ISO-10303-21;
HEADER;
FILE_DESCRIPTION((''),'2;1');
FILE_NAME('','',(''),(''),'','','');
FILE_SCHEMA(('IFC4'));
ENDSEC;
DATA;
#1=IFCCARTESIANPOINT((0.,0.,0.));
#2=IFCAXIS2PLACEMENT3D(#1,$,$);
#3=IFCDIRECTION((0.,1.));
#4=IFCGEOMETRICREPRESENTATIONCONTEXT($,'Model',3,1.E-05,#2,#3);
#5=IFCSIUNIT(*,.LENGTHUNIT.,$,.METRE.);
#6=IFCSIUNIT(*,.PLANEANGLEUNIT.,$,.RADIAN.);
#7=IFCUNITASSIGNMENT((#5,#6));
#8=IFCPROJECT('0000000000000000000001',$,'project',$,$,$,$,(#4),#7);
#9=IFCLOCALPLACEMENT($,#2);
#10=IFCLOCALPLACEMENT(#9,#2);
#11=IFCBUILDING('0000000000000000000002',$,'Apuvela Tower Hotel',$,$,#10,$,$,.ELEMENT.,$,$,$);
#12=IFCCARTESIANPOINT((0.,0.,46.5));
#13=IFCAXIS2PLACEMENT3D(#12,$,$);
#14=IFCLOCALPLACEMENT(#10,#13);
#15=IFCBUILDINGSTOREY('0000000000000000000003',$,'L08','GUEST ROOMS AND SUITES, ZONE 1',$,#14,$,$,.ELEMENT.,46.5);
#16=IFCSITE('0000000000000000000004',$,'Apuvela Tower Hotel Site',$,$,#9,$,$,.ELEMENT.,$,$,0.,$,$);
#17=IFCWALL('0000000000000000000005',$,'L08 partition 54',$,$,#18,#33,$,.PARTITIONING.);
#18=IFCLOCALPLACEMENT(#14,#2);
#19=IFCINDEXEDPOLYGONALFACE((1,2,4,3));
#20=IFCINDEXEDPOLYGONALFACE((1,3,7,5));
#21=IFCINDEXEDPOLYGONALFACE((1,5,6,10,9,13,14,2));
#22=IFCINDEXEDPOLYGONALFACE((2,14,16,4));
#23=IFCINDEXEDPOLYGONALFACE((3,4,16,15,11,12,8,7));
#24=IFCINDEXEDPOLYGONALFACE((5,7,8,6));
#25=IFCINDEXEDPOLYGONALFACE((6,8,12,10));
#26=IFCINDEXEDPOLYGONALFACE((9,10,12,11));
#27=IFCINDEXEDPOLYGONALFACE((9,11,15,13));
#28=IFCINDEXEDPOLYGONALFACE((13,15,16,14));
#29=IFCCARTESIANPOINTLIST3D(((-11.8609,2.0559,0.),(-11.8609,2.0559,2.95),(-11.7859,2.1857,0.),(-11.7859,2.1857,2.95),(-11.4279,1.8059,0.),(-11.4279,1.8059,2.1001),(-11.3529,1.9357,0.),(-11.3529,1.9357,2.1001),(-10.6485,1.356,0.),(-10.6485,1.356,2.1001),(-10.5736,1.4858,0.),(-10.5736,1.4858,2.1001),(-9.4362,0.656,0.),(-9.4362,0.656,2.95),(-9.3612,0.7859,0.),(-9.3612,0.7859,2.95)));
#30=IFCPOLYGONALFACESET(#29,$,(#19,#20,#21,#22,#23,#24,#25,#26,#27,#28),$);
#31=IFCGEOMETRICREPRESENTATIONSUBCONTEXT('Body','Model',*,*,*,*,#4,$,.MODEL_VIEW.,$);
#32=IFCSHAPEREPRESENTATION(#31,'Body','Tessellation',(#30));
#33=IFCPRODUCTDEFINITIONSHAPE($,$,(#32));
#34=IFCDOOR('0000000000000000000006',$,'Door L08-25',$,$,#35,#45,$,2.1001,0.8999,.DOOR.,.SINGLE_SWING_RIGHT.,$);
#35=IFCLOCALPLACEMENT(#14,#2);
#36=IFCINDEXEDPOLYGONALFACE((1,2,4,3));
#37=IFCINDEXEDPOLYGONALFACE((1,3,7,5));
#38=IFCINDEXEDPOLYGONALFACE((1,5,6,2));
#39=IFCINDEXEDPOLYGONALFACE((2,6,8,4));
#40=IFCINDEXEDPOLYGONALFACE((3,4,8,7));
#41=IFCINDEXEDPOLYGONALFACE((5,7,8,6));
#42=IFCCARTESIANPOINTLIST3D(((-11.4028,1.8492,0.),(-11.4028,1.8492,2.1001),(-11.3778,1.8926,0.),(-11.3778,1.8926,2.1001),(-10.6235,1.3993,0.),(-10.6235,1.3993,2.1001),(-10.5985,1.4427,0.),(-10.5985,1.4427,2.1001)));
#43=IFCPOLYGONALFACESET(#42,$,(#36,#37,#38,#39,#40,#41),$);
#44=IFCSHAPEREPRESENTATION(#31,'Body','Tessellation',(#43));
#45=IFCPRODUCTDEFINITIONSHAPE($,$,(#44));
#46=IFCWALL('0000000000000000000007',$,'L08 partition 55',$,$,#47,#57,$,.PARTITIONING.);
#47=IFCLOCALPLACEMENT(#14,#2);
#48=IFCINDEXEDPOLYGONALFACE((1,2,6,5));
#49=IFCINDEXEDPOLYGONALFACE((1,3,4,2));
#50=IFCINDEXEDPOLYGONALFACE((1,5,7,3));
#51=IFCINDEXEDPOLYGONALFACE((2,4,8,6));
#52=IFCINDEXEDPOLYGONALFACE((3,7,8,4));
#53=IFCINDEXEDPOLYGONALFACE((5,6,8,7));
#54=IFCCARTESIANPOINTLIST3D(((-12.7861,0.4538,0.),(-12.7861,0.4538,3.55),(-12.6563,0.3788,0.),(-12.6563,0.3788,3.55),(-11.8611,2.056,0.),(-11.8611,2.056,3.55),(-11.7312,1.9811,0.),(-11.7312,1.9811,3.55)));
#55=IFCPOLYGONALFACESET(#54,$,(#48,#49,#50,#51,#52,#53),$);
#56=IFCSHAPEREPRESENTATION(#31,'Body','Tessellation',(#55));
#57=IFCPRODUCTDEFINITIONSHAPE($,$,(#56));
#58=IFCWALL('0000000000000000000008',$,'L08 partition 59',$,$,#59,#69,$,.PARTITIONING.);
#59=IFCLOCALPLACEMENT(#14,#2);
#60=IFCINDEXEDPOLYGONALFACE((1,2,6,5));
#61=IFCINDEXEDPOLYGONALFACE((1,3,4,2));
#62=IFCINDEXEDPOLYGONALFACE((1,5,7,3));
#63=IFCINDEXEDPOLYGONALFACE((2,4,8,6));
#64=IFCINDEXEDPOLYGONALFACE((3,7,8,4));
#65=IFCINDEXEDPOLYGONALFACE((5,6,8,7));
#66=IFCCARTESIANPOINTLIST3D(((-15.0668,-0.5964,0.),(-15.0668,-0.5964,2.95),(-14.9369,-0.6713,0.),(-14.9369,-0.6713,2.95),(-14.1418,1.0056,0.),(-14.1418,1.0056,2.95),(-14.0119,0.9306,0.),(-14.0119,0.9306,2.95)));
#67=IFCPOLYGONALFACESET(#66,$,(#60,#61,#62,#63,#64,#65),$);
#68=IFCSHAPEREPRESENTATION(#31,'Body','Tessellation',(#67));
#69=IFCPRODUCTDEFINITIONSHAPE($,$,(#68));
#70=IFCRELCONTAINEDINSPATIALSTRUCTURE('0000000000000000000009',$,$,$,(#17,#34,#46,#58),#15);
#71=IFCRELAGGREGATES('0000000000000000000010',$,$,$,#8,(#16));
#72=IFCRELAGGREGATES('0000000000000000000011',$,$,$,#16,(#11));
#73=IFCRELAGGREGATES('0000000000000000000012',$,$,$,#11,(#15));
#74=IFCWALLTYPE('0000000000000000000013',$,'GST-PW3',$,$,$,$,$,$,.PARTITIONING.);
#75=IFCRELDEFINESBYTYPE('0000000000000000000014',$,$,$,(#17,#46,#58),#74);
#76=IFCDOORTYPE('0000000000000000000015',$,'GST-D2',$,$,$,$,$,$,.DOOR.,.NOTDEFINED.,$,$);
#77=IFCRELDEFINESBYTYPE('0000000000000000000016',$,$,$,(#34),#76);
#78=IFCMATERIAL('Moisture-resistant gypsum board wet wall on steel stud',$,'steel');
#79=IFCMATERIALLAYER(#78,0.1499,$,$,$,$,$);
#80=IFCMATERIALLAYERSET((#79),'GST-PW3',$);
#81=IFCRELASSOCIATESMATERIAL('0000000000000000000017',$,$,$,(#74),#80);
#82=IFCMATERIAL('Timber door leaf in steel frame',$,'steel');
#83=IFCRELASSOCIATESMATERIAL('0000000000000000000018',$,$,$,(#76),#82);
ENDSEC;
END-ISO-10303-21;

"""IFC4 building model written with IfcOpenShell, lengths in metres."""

from ifc_helpers import new_model, si_unit, direction, frame, frame_2d, origin, place, context, subcontext, project, spatial, rectangle, extrude, material, layer, layer_set, type_object, element, fill, save


model = new_model("IFC4")

# Units and contexts
model_context = context("Model", 3, precision=1e-05, world=origin(), true_north=direction((0.0, 1.0)))
body_context = subcontext(model_context, "Body", "Model", "MODEL_VIEW")
ifc_project = project(units=[si_unit("LENGTHUNIT", "METRE"), si_unit("PLANEANGLEUNIT", "RADIAN")], contexts=[model_context])

# Site, building, storey
site_placement = place(None, origin())
site = spatial("IfcSite", under=ifc_project, at=site_placement, Name="Apuvela Tower Hotel Site", CompositionType="ELEMENT", RefElevation=0.0)
building_placement = place(site_placement, origin())
building = spatial("IfcBuilding", under=site, at=building_placement, Name="Apuvela Tower Hotel", CompositionType="ELEMENT")
storey_placement = place(building_placement, frame((0.0, 0.0, 46.5)))
storey = spatial("IfcBuildingStorey", under=building, at=storey_placement, Name="L08", Description="GUEST ROOMS AND SUITES, ZONE 1", CompositionType="ELEMENT", Elevation=46.5)

# Shared definitions
ifc_material_1 = material(Name="Timber door leaf in steel frame", Category="steel")
ifc_material_2 = material(Name="Moisture-resistant gypsum board wet wall on steel stud", Category="steel")
ifc_layer_1 = layer(ifc_material_2, 0.1499)
ifc_layer_set_1 = layer_set([ifc_layer_1], Name="GST-PW3")
wall_type_1 = type_object("IfcWallType", Name="GST-PW3", PredefinedType="PARTITIONING", material=ifc_layer_set_1)
door_type_1 = type_object("IfcDoorType", Name="GST-D2", OperationType="NOTDEFINED", PredefinedType="DOOR", material=ifc_material_1)

# Wall, opening, door
wall_1_placement = place(storey_placement, frame((-9.3987, 0.7209, 0.0), z_axis=(0.0, 0.0, 1.0), x_axis=(-0.866035, 0.499984, 0.0)))
wall_1 = element("IfcWall", 1, at=wall_1_placement, inside=storey, type_object=wall_type_1, Name="L08 partition 54", PredefinedType="PARTITIONING", context=body_context, shape_type="SweptSolid", body=[
    extrude(rectangle(XDim=2.7998, YDim=0.1499, at=frame_2d((1.3999, 0.0))), origin(), (0.0, 0.0, 1.0), 2.95),
])
opening_1_placement = place(wall_1_placement, frame((1.3999, 0.0, 0.0)))
opening_1 = element("IfcOpeningElement", 2, at=opening_1_placement, cuts=wall_1, PredefinedType="OPENING", context=body_context, shape_type="SweptSolid", body=[
    extrude(rectangle(XDim=0.8999, YDim=2.1001, at=frame_2d((0.45, 1.05))), frame((0.0, 0.085, 0.0), z_axis=(0.0, -1.0, 0.0), x_axis=(1.0, 0.0, 0.0)), (0.0, 0.0, 1.0), 0.1699),
])
door_1_placement = place(opening_1_placement, origin())
door_1 = element("IfcDoor", 3, at=door_1_placement, inside=storey, type_object=door_type_1, Name="Door L08-25", OperationType="SINGLE_SWING_RIGHT", OverallHeight=2.1001, OverallWidth=0.8999, PredefinedType="DOOR", context=body_context, shape_type="SweptSolid", body=[
    extrude(rectangle(XDim=0.8999, YDim=2.1001, at=frame_2d((0.45, 1.05))), frame((0.0, 0.0249, 0.0), z_axis=(0.0, -1.0, 0.0), x_axis=(1.0, 0.0, 0.0)), (0.0, 0.0, 1.0), 0.05),
])
fill(opening_1, door_1)

# Walls
wall_2_placement = place(storey_placement, frame((-11.7961, 2.0186, 0.0), z_axis=(0.0, 0.0, 1.0), x_axis=(-0.499985, -0.866034, 0.0)))
element("IfcWall", 4, at=wall_2_placement, inside=storey, type_object=wall_type_1, Name="L08 partition 55", PredefinedType="PARTITIONING", context=body_context, shape_type="SweptSolid", body=[
    extrude(rectangle(XDim=1.8501, YDim=0.1499, at=frame_2d((0.925, 0.0))), origin(), (0.0, 0.0, 1.0), 3.55),
])
wall_3_placement = place(storey_placement, frame((-14.0769, 0.968, 0.0), z_axis=(0.0, 0.0, 1.0), x_axis=(-0.500042, -0.866001, 0.0)))
element("IfcWall", 5, at=wall_3_placement, inside=storey, type_object=wall_type_1, Name="L08 partition 59", PredefinedType="PARTITIONING", context=body_context, shape_type="SweptSolid", body=[
    extrude(rectangle(XDim=1.8499, YDim=0.1499, at=frame_2d((0.9248, 0.0))), origin(), (0.0, 0.0, 1.0), 2.95),
])

save(model, "model.ifc")
